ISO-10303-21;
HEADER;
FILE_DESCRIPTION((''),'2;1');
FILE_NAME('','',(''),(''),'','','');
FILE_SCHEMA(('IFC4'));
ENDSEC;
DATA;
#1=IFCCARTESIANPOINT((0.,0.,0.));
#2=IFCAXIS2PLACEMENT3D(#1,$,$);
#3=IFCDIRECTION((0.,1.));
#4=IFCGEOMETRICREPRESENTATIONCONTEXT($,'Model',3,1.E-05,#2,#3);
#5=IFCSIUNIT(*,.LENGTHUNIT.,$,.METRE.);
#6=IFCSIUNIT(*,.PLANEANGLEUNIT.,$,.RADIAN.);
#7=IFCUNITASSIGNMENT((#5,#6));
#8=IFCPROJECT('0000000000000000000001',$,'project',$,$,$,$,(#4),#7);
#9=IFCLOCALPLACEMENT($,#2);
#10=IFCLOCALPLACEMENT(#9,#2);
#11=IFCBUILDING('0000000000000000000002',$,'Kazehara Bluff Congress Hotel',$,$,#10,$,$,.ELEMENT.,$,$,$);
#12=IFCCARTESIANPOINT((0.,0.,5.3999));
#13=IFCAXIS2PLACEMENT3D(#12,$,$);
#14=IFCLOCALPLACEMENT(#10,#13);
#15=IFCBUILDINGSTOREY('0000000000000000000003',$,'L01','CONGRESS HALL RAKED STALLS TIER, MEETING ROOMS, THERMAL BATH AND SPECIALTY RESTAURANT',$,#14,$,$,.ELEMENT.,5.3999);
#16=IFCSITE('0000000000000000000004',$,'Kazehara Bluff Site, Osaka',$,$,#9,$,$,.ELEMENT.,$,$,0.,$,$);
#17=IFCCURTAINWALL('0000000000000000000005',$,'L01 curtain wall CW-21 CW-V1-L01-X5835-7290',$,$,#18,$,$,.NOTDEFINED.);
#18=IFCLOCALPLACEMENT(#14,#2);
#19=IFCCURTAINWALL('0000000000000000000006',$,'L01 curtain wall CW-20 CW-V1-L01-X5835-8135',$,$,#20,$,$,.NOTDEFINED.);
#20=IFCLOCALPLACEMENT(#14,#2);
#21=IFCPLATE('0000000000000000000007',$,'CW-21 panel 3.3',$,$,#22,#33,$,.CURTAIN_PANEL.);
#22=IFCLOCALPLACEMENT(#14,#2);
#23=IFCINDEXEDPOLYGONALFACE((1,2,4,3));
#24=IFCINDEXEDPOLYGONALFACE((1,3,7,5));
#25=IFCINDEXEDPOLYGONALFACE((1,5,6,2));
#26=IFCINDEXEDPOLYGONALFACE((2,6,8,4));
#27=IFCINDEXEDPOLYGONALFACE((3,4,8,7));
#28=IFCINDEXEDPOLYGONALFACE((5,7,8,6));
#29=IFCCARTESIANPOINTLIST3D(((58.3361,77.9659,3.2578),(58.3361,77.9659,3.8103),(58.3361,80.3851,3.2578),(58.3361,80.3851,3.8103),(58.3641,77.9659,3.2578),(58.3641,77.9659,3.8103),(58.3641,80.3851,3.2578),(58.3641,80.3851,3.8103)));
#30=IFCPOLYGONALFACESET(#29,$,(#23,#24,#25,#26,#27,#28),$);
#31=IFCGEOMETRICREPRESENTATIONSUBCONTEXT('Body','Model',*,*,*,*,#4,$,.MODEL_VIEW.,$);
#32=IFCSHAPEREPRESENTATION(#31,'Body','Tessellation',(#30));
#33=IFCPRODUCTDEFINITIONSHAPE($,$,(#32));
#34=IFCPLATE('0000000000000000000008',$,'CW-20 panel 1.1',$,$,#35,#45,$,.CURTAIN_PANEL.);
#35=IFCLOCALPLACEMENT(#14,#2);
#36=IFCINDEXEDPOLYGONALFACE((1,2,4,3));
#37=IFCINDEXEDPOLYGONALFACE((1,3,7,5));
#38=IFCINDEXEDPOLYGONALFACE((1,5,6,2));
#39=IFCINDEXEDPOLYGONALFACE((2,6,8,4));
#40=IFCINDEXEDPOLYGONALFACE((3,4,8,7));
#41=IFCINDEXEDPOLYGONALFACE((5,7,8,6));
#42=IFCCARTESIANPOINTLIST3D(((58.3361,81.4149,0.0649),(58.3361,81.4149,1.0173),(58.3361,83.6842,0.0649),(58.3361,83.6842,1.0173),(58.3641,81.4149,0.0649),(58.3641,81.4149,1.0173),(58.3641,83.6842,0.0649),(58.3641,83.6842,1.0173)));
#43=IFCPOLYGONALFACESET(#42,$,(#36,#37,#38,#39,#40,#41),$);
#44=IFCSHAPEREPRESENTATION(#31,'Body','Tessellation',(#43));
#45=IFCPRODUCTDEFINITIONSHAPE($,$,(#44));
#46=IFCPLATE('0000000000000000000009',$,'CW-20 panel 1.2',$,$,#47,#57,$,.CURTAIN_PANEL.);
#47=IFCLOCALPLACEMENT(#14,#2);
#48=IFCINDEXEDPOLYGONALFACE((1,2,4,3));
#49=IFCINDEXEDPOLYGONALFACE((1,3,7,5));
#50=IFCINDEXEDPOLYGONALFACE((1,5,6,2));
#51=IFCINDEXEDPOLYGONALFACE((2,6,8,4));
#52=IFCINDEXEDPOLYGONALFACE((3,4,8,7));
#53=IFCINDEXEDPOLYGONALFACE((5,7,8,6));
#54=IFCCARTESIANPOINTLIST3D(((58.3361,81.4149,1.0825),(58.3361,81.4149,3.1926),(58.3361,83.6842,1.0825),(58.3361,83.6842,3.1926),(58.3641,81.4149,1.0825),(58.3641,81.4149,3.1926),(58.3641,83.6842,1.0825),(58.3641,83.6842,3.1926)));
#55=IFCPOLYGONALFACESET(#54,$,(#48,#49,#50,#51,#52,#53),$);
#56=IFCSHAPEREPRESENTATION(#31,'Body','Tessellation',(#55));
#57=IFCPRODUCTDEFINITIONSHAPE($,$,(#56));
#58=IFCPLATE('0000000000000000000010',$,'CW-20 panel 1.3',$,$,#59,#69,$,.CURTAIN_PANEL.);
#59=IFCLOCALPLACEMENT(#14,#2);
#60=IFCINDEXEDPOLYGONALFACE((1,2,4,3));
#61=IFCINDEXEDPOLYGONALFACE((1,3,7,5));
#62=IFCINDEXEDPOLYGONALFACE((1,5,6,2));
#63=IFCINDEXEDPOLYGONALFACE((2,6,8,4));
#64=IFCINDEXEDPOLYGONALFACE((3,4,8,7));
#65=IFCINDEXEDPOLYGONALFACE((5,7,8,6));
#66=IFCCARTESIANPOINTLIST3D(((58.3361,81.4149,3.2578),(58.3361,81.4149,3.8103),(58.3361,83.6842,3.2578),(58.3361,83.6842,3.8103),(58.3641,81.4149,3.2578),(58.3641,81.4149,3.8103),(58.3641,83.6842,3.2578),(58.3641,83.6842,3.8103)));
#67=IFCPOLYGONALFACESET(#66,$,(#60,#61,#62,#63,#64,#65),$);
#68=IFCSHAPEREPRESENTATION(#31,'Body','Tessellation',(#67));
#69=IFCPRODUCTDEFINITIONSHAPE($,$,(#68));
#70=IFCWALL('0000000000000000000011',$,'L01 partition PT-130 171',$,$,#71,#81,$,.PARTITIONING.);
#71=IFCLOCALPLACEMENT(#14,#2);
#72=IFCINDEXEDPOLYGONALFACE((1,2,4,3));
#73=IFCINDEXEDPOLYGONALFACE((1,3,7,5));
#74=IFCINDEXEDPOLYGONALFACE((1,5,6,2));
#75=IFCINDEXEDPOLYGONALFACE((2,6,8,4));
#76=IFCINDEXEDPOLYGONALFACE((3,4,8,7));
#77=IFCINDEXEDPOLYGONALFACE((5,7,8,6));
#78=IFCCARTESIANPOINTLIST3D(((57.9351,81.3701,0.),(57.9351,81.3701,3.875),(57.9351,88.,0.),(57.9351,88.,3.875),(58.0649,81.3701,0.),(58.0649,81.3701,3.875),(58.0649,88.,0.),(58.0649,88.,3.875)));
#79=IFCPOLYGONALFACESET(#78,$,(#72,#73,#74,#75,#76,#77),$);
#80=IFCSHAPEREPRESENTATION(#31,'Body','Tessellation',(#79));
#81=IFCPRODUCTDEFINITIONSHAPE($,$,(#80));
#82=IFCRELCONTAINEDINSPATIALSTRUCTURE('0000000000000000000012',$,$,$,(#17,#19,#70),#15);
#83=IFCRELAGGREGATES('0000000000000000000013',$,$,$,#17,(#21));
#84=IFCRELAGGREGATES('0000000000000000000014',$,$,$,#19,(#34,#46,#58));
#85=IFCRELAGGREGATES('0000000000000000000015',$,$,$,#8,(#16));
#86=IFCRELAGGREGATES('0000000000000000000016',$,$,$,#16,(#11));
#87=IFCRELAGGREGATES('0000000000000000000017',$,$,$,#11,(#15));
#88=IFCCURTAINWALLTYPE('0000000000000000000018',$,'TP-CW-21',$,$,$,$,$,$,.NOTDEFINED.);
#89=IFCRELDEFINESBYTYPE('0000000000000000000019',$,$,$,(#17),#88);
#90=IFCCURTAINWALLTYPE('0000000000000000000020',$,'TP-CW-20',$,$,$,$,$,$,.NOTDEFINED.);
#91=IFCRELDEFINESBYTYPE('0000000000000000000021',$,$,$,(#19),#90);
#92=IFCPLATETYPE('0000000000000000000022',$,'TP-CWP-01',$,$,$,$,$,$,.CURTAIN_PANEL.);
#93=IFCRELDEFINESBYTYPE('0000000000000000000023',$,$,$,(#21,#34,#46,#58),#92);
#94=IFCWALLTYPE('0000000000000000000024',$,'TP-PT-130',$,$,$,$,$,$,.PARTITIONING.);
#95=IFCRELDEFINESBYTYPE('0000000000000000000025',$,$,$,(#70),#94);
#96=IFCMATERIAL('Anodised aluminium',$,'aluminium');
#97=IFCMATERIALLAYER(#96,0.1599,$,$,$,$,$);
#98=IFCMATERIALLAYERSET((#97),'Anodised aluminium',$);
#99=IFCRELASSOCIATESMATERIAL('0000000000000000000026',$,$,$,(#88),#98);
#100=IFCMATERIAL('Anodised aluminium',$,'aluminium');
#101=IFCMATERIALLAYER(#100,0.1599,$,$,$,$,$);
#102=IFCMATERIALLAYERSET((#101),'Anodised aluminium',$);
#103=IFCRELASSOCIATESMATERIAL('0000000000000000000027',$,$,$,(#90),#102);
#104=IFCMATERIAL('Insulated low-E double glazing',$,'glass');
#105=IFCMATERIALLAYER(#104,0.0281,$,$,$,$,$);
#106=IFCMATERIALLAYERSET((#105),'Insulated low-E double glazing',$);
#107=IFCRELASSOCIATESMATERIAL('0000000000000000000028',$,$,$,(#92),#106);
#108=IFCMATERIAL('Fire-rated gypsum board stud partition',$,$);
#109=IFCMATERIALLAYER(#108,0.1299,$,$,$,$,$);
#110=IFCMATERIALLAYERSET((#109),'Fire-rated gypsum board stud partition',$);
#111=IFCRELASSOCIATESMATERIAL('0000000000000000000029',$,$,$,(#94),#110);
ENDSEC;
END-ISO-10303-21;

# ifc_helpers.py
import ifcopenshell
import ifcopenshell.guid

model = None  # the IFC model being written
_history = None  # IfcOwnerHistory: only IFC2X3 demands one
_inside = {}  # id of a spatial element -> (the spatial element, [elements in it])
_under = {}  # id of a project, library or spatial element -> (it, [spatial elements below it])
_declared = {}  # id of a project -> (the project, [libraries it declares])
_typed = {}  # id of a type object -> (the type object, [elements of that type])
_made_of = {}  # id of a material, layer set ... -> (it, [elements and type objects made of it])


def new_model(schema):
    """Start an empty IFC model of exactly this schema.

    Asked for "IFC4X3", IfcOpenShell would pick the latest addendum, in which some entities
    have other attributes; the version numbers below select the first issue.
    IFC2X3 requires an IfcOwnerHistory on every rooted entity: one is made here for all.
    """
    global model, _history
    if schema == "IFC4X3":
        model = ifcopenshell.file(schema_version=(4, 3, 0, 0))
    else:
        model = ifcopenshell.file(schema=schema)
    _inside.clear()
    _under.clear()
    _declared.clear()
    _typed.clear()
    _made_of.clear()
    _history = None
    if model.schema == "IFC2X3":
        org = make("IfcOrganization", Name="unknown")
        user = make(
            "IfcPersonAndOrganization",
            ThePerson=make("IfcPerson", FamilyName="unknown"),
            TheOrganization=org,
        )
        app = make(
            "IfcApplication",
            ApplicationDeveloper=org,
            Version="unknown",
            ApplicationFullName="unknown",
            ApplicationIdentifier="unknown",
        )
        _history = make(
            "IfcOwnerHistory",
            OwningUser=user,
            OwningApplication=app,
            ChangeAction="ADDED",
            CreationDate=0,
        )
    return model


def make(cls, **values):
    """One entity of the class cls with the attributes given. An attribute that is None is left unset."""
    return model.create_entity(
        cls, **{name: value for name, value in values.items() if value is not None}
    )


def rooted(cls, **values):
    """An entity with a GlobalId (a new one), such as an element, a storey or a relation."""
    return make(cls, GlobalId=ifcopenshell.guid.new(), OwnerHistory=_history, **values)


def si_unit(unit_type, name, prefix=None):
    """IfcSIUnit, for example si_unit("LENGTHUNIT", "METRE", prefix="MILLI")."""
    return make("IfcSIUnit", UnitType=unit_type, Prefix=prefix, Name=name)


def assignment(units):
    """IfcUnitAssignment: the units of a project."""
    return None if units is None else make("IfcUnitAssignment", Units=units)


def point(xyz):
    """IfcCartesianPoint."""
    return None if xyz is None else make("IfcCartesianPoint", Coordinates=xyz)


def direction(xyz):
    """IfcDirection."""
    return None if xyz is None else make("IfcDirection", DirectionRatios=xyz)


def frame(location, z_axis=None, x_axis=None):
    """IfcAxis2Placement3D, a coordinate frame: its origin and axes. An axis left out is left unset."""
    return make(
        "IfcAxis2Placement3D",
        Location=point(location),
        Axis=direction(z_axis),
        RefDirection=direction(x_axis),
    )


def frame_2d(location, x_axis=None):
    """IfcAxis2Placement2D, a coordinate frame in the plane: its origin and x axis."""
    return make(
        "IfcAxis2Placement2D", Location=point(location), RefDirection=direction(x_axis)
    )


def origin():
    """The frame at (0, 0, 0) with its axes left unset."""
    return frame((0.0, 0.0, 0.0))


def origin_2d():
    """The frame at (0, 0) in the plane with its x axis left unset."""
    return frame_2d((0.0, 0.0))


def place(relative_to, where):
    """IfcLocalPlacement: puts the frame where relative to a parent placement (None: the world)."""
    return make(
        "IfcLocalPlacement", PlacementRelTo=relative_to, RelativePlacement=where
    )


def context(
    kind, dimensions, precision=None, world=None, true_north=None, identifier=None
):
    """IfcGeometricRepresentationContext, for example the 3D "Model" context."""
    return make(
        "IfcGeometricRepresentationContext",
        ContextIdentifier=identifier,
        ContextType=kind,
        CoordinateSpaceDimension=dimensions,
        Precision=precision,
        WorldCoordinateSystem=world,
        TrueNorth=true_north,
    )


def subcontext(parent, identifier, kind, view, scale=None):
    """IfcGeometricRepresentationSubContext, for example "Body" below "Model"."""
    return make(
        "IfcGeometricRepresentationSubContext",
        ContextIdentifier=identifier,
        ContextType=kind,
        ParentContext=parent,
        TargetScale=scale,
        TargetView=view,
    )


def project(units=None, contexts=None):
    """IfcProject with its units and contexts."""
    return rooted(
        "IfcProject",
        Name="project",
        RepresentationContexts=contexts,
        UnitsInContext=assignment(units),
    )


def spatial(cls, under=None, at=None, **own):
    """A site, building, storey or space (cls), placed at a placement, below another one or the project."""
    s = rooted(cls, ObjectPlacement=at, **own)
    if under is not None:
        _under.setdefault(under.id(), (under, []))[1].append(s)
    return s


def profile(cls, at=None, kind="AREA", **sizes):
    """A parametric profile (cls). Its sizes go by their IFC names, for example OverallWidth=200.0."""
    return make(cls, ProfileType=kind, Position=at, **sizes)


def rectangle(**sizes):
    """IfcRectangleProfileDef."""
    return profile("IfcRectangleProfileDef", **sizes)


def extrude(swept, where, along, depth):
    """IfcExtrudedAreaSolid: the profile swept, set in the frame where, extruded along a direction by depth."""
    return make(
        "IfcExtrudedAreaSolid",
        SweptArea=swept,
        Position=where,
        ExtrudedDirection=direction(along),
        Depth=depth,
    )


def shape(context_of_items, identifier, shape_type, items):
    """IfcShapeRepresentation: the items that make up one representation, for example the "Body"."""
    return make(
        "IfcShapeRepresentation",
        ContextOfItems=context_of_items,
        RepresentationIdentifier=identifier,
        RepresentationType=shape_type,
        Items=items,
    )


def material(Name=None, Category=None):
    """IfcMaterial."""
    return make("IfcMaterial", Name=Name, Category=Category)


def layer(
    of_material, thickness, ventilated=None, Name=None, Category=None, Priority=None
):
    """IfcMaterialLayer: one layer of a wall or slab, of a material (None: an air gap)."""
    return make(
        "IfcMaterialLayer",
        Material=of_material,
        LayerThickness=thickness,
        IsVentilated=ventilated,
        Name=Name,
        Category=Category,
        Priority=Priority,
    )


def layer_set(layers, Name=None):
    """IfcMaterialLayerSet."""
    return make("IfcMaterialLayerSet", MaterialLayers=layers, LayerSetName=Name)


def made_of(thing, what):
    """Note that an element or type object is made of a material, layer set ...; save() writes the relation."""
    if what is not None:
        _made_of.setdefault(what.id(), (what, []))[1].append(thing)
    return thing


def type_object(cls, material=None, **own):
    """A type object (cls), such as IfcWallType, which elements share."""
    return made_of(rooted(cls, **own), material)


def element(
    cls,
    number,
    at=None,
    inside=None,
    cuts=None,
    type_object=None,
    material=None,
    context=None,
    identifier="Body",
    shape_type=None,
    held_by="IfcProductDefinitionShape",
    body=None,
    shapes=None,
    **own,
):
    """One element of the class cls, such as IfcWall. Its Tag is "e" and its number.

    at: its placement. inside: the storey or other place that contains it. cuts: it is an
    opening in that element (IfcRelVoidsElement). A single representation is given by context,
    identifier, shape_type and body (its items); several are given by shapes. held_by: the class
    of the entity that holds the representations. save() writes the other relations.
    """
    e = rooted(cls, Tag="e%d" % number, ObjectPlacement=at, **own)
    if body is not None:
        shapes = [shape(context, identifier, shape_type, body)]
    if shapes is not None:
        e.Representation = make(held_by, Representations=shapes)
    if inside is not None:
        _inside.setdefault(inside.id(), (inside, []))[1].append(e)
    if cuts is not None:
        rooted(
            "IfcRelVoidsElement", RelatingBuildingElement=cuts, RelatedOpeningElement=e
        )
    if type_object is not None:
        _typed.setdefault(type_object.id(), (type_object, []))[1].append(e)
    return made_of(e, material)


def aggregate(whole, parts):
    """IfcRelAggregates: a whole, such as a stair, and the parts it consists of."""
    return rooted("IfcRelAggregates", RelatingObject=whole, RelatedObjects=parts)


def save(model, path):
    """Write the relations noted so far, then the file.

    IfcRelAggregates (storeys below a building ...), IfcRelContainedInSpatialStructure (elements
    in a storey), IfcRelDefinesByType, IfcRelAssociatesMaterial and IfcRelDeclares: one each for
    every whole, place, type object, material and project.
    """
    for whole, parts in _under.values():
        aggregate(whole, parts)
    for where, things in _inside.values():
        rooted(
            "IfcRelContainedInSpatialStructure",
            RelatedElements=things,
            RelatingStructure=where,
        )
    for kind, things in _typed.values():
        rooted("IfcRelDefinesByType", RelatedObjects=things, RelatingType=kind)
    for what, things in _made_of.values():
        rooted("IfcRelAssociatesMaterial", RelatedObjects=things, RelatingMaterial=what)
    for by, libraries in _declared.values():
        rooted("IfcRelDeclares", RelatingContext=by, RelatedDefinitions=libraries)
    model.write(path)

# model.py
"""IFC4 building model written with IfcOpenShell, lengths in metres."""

from ifc_helpers import new_model, si_unit, direction, frame, frame_2d, origin, origin_2d, place, context, subcontext, project, spatial, rectangle, extrude, material, layer, layer_set, type_object, element, aggregate, save


model = new_model("IFC4")

# Units and contexts
model_context = context("Model", 3, precision=1e-05, world=origin(), true_north=direction((0.0, 1.0)))
body_context = subcontext(model_context, "Body", "Model", "MODEL_VIEW")
ifc_project = project(units=[si_unit("LENGTHUNIT", "METRE"), si_unit("PLANEANGLEUNIT", "RADIAN")], contexts=[model_context])

# Site, building, storey
site_placement = place(None, origin())
site = spatial("IfcSite", under=ifc_project, at=site_placement, Name="Kazehara Bluff Site, Osaka", CompositionType="ELEMENT", RefElevation=0.0)
building_placement = place(site_placement, origin())
building = spatial("IfcBuilding", under=site, at=building_placement, Name="Kazehara Bluff Congress Hotel", CompositionType="ELEMENT")
storey_placement = place(building_placement, frame((0.0, 0.0, 5.3999)))
storey = spatial("IfcBuildingStorey", under=building, at=storey_placement, Name="L01", Description="CONGRESS HALL RAKED STALLS TIER, MEETING ROOMS, THERMAL BATH AND SPECIALTY RESTAURANT", CompositionType="ELEMENT", Elevation=5.3999)

# Curtain walls
ifc_material_1 = material(Name="Anodised aluminium", Category="aluminium")
ifc_layer_1 = layer(ifc_material_1, 0.1599)
ifc_layer_set_1 = layer_set([ifc_layer_1], Name="Anodised aluminium")
curtain_wall_type_1 = type_object("IfcCurtainWallType", Name="TP-CW-21", PredefinedType="NOTDEFINED", material=ifc_layer_set_1)
curtain_wall_1_placement = place(storey_placement, origin())
curtain_wall_1 = element("IfcCurtainWall", 1, at=curtain_wall_1_placement, inside=storey, type_object=curtain_wall_type_1, Name="L01 curtain wall CW-21 CW-V1-L01-X5835-7290", PredefinedType="NOTDEFINED")
ifc_material_2 = material(Name="Anodised aluminium", Category="aluminium")
ifc_layer_2 = layer(ifc_material_2, 0.1599)
ifc_layer_set_2 = layer_set([ifc_layer_2], Name="Anodised aluminium")
curtain_wall_type_2 = type_object("IfcCurtainWallType", Name="TP-CW-20", PredefinedType="NOTDEFINED", material=ifc_layer_set_2)
curtain_wall_2_placement = place(storey_placement, origin())
curtain_wall_2 = element("IfcCurtainWall", 2, at=curtain_wall_2_placement, inside=storey, type_object=curtain_wall_type_2, Name="L01 curtain wall CW-20 CW-V1-L01-X5835-8135", PredefinedType="NOTDEFINED")

# Plates
ifc_material_3 = material(Name="Insulated low-E double glazing", Category="glass")
ifc_layer_3 = layer(ifc_material_3, 0.0281)
ifc_layer_set_3 = layer_set([ifc_layer_3], Name="Insulated low-E double glazing")
plate_type = type_object("IfcPlateType", Name="TP-CWP-01", PredefinedType="CURTAIN_PANEL", material=ifc_layer_set_3)
plate_1_placement = place(storey_placement, frame((58.3501, 79.1755, 3.2578), z_axis=(0.0, 0.0, 1.0), x_axis=(0.0, 1.0, 0.0)))
plate_1 = element("IfcPlate", 3, at=plate_1_placement, type_object=plate_type, Name="CW-21 panel 3.3", PredefinedType="CURTAIN_PANEL", context=body_context, shape_type="SweptSolid", body=[
    extrude(rectangle(XDim=2.4192, YDim=0.0281, at=origin_2d()), origin(), (0.0, 0.0, 1.0), 0.5525),
])
aggregate(curtain_wall_1, [plate_1])
plate_2_placement = place(storey_placement, frame((58.3501, 82.5496, 0.0649), z_axis=(0.0, 0.0, 1.0), x_axis=(0.0, 1.0, 0.0)))
plate_2 = element("IfcPlate", 4, at=plate_2_placement, type_object=plate_type, Name="CW-20 panel 1.1", PredefinedType="CURTAIN_PANEL", context=body_context, shape_type="SweptSolid", body=[
    extrude(rectangle(XDim=2.2693, YDim=0.0281, at=origin_2d()), origin(), (0.0, 0.0, 1.0), 0.9524),
])
plate_3_placement = place(storey_placement, frame((58.3501, 82.5496, 1.0825), z_axis=(0.0, 0.0, 1.0), x_axis=(0.0, 1.0, 0.0)))
plate_3 = element("IfcPlate", 5, at=plate_3_placement, type_object=plate_type, Name="CW-20 panel 1.2", PredefinedType="CURTAIN_PANEL", context=body_context, shape_type="SweptSolid", body=[
    extrude(rectangle(XDim=2.2693, YDim=0.0281, at=origin_2d()), origin(), (0.0, 0.0, 1.0), 2.1101),
])
plate_4_placement = place(storey_placement, frame((58.3501, 82.5496, 3.2578), z_axis=(0.0, 0.0, 1.0), x_axis=(0.0, 1.0, 0.0)))
plate_4 = element("IfcPlate", 6, at=plate_4_placement, type_object=plate_type, Name="CW-20 panel 1.3", PredefinedType="CURTAIN_PANEL", context=body_context, shape_type="SweptSolid", body=[
    extrude(rectangle(XDim=2.2693, YDim=0.0281, at=origin_2d()), origin(), (0.0, 0.0, 1.0), 0.5525),
])
aggregate(curtain_wall_2, [plate_2, plate_3, plate_4])

# Wall
ifc_material_4 = material(Name="Fire-rated gypsum board stud partition")
ifc_layer_4 = layer(ifc_material_4, 0.1299)
ifc_layer_set_4 = layer_set([ifc_layer_4], Name="Fire-rated gypsum board stud partition")
wall_type = type_object("IfcWallType", Name="TP-PT-130", PredefinedType="PARTITIONING", material=ifc_layer_set_4)
wall_placement = place(storey_placement, frame((58.0, 81.3701, 0.0), z_axis=(0.0, 0.0, 1.0), x_axis=(0.0, 1.0, 0.0)))
element("IfcWall", 7, at=wall_placement, inside=storey, type_object=wall_type, Name="L01 partition PT-130 171", PredefinedType="PARTITIONING", context=body_context, shape_type="SweptSolid", body=[
    extrude(rectangle(XDim=6.6299, YDim=0.1299, at=frame_2d((3.3149, 0.0))), origin(), (0.0, 0.0, 1.0), 3.875),
])

save(model, "model.ifc")
